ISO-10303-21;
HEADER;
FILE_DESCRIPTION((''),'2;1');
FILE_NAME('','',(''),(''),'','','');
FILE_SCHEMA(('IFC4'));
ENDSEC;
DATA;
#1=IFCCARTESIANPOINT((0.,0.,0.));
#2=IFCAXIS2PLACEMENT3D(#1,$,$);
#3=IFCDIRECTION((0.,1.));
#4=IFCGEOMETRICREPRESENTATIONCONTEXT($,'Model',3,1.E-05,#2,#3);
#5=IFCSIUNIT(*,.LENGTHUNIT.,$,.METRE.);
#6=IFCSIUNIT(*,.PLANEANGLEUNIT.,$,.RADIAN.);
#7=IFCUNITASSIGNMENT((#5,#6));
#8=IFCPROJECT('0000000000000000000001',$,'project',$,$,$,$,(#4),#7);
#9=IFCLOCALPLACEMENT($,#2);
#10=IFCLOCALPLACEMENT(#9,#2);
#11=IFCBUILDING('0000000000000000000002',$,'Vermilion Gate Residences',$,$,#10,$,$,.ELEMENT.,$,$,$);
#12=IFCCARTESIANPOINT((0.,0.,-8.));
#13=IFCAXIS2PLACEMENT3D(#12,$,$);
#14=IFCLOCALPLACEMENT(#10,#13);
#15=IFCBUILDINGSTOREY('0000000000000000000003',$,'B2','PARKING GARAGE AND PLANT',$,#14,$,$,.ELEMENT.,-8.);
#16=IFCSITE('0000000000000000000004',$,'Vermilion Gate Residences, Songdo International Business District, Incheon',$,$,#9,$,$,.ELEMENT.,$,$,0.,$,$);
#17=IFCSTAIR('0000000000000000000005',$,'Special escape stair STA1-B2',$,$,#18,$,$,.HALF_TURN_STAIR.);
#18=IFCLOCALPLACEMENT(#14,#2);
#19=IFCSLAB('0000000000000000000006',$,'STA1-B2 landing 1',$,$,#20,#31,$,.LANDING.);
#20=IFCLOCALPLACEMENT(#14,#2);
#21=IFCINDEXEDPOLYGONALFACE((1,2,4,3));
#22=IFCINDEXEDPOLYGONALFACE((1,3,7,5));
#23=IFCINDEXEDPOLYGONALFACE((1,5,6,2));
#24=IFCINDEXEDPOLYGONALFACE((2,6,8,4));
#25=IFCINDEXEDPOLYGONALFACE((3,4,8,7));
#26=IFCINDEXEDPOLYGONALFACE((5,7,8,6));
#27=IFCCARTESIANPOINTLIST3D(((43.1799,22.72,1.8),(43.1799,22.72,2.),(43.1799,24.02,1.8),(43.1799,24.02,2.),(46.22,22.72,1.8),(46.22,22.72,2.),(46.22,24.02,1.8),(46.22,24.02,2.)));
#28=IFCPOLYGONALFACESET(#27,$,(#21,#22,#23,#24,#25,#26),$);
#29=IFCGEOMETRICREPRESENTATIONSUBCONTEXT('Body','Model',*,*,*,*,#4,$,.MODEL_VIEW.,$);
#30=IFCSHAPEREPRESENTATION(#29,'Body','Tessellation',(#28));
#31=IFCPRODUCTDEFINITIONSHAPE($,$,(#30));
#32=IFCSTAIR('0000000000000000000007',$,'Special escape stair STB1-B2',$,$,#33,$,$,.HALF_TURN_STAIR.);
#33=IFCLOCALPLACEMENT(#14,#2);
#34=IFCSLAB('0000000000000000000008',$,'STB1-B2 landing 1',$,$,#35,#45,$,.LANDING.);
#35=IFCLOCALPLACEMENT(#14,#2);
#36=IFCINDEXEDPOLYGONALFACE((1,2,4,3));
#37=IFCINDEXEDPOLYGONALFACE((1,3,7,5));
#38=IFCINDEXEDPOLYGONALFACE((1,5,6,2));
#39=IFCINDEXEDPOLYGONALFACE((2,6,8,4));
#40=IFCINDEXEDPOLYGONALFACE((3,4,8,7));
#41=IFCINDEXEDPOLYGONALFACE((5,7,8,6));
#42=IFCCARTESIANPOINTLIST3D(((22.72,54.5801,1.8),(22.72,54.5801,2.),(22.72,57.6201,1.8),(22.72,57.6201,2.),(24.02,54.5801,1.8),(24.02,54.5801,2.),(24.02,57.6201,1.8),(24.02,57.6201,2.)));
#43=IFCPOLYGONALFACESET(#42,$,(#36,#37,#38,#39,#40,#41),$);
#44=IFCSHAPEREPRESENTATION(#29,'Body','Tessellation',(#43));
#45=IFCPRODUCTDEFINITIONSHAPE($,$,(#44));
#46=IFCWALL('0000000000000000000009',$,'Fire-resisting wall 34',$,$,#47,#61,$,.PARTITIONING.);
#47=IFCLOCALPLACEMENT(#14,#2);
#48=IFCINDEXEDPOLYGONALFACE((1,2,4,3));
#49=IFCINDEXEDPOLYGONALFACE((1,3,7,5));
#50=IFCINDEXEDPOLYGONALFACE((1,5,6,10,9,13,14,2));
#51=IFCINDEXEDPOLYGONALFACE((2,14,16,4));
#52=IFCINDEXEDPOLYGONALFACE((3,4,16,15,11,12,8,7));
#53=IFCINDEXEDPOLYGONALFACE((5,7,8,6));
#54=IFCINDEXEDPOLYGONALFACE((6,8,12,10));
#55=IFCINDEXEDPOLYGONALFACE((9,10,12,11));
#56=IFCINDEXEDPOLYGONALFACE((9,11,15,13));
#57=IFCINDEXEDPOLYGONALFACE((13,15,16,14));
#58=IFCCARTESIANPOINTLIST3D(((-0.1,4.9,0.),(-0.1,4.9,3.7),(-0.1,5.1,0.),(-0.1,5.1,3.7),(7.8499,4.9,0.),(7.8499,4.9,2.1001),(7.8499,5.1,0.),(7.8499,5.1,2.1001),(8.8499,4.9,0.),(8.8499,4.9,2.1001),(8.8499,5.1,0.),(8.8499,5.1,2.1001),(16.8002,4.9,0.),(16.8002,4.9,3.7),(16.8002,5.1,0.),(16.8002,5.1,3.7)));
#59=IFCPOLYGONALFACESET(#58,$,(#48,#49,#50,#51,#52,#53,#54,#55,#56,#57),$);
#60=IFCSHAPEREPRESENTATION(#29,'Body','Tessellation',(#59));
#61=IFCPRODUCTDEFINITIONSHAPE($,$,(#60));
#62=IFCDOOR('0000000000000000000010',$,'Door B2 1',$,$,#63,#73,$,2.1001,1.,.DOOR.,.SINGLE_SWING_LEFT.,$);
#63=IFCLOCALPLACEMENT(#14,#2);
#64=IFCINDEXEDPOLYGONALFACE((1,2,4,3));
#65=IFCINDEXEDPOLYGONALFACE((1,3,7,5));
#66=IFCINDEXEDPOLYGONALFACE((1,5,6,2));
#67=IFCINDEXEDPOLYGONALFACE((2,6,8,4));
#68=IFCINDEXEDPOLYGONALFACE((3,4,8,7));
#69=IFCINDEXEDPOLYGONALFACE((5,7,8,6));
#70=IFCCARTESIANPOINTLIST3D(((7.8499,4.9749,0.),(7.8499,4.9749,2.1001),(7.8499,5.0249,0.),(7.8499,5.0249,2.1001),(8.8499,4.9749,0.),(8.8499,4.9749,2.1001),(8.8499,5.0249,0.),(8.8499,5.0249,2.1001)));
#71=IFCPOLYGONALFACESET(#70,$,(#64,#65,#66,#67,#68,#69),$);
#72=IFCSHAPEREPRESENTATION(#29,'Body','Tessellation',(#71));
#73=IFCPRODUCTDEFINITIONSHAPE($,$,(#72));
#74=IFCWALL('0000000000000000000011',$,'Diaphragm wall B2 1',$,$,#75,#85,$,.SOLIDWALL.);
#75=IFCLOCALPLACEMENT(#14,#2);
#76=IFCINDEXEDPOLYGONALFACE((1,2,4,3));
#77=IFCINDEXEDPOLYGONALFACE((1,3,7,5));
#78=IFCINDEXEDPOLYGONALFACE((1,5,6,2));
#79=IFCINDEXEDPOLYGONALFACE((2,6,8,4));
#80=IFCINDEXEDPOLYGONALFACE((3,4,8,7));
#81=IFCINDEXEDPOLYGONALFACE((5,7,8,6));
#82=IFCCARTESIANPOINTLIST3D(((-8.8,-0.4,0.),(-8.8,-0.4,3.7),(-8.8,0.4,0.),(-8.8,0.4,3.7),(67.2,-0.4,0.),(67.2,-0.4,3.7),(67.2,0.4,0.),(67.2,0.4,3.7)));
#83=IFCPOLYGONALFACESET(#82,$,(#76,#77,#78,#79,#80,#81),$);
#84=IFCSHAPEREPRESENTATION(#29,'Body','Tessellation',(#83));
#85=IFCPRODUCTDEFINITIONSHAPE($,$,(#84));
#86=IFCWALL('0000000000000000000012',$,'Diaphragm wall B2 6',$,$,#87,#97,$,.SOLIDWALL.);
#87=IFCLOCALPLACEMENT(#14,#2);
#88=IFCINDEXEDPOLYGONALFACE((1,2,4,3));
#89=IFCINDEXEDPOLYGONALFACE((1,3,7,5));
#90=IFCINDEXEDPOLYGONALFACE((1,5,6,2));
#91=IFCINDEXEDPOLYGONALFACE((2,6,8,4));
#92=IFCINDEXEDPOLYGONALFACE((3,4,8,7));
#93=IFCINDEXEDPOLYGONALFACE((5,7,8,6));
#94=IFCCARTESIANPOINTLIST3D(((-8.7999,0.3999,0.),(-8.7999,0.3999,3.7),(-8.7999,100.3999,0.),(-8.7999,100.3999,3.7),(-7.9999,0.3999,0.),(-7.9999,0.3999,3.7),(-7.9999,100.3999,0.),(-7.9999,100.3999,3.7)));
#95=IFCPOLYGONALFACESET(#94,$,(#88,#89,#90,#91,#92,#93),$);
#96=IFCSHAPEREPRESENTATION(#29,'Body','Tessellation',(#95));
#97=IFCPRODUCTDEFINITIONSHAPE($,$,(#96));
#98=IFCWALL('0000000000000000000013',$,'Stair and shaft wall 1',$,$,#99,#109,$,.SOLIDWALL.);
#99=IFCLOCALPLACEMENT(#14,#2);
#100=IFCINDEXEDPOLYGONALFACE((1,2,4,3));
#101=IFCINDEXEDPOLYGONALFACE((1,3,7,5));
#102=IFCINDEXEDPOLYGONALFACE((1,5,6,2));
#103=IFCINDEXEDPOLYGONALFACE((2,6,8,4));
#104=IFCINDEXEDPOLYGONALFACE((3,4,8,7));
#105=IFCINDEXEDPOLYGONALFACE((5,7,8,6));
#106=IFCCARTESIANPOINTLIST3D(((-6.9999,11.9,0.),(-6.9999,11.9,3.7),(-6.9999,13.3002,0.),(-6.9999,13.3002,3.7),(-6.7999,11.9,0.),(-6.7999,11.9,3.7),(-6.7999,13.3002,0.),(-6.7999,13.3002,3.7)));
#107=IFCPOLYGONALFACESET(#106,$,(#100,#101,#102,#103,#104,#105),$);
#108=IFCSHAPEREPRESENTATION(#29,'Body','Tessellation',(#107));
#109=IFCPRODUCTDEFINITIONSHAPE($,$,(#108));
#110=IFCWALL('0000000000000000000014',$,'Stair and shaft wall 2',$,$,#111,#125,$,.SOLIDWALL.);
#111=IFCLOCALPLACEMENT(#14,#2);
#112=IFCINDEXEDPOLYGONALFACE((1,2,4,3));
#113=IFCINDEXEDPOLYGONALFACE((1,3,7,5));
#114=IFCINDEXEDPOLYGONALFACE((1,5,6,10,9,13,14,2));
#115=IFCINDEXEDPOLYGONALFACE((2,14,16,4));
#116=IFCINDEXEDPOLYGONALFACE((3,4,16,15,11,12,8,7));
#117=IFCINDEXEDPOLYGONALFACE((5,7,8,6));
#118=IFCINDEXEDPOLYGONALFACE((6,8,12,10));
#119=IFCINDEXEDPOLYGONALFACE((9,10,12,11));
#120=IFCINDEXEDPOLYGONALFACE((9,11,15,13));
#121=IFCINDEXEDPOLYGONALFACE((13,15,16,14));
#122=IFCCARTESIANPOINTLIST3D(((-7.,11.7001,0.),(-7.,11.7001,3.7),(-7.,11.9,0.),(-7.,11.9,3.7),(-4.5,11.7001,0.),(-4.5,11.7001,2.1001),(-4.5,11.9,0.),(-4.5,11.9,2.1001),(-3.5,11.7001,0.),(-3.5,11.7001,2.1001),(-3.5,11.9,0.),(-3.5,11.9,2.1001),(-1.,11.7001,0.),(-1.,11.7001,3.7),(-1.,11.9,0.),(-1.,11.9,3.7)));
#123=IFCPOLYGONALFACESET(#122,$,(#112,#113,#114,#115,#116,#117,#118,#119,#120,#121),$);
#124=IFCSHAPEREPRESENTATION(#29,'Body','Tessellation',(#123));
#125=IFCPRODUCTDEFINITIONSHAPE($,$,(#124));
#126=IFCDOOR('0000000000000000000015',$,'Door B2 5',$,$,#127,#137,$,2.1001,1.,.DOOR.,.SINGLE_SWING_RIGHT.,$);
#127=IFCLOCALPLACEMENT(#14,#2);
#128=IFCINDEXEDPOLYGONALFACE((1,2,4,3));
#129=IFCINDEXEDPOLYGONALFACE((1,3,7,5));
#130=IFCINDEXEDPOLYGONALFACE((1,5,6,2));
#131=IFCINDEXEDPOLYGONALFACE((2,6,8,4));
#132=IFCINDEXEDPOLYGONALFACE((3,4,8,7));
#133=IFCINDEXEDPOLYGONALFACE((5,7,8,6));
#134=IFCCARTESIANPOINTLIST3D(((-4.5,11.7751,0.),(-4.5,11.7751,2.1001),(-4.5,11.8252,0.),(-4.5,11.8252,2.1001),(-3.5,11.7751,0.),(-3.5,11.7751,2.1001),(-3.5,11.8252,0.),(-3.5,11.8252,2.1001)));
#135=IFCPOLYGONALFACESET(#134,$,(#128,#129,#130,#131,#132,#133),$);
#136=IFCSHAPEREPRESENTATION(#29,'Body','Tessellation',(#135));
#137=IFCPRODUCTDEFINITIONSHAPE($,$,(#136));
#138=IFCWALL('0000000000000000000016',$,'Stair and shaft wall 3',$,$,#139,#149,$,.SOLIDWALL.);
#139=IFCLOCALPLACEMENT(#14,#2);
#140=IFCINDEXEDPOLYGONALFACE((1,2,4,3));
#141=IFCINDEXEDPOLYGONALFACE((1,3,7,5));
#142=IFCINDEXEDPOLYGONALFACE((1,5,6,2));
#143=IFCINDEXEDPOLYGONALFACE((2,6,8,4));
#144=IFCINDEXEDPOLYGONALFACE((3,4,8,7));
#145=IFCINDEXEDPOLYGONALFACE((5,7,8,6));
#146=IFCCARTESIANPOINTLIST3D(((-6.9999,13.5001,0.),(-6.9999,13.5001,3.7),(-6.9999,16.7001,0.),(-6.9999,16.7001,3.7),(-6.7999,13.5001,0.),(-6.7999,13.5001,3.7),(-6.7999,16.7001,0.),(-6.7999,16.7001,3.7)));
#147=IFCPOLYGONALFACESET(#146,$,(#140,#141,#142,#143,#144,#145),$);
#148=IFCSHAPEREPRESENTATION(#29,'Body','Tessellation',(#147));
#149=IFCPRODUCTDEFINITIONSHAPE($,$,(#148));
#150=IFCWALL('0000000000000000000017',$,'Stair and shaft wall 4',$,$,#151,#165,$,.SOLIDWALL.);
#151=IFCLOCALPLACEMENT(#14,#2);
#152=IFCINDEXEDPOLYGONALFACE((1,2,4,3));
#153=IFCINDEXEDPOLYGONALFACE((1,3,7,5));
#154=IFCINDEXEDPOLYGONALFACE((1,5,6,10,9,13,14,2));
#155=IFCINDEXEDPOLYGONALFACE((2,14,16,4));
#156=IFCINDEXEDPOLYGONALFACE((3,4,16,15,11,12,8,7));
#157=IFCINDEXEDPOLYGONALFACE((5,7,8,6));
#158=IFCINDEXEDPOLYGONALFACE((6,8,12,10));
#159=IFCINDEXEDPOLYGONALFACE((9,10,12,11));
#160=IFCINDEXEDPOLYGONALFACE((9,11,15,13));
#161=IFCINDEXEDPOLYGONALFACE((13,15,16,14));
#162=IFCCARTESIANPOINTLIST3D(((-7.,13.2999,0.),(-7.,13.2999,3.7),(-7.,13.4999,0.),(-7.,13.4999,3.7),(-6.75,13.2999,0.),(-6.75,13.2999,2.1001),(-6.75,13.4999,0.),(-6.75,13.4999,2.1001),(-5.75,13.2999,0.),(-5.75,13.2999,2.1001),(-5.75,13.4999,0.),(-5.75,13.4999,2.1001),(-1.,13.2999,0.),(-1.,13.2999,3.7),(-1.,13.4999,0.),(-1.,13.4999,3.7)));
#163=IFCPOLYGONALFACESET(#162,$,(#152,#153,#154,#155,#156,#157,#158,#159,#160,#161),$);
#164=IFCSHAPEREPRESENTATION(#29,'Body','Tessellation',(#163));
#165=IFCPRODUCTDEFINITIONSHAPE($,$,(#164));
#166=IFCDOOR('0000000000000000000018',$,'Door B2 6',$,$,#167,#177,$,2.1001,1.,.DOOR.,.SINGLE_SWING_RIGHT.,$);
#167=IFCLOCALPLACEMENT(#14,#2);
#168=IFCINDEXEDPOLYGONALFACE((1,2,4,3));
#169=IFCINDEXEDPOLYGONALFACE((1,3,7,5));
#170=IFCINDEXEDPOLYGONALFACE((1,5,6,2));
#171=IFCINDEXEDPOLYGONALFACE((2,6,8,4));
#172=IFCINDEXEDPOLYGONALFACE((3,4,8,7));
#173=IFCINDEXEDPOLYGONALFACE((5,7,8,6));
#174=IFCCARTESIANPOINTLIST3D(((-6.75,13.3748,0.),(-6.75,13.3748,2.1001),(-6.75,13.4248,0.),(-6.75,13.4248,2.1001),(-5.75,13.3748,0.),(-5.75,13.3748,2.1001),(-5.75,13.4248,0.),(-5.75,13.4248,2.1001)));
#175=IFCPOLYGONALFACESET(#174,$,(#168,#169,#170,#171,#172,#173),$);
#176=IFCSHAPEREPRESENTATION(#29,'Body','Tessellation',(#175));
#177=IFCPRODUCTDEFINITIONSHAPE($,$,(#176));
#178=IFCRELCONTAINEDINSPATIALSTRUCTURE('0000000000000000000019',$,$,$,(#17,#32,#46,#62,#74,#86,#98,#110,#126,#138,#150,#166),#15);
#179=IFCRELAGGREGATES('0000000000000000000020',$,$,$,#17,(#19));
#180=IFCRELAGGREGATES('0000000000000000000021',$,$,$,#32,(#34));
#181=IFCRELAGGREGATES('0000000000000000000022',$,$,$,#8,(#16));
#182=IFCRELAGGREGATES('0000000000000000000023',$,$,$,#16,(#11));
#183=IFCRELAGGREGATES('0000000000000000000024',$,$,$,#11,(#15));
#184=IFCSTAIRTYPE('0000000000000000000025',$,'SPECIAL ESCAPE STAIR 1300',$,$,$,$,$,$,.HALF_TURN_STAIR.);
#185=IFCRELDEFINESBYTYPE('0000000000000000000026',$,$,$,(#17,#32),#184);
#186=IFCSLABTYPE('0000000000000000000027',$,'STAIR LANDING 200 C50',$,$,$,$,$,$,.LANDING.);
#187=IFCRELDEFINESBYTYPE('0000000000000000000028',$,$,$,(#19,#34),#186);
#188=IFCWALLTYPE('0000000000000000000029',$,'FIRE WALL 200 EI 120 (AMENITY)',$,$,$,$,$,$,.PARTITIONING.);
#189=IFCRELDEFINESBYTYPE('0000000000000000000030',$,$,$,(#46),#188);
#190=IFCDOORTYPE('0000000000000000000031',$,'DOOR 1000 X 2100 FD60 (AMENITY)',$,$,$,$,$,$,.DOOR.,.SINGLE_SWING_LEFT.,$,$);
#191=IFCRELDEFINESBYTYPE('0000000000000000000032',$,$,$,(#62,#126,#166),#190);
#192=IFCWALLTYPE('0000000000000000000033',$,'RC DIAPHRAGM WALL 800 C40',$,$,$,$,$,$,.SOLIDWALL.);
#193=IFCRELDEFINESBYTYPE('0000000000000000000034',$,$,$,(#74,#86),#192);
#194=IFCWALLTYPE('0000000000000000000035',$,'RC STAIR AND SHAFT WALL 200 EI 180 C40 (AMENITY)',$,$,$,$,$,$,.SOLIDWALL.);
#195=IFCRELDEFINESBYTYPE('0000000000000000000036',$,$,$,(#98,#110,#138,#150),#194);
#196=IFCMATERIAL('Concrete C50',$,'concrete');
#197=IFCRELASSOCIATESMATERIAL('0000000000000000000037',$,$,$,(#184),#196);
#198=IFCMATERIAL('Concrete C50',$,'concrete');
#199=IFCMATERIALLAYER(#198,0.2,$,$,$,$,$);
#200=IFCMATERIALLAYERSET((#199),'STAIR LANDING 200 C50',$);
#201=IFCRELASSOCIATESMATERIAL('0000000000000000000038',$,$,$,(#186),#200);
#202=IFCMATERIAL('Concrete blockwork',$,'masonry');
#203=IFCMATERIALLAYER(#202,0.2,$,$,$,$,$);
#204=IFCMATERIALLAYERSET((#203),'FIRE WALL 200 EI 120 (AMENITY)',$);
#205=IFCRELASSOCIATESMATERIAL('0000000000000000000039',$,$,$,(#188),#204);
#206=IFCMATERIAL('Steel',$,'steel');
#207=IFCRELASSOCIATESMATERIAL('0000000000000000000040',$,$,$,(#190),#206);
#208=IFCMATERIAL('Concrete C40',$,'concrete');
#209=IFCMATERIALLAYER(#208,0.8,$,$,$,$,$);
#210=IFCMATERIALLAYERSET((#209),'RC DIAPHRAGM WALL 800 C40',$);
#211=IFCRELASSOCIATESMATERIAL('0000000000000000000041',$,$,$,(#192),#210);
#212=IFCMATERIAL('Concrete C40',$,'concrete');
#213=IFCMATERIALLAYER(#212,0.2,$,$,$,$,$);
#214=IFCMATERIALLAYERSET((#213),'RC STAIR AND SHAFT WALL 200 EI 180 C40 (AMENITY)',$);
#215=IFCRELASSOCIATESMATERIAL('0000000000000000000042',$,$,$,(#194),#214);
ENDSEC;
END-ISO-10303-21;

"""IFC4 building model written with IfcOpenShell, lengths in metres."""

from ifc_helpers import new_model, si_unit, direction, frame, frame_2d, origin, place, context, subcontext, project, spatial, polyline, rectangle, outline, extrude, material, layer, layer_set, type_object, element, fill, aggregate, save


model = new_model("IFC4")

# Units and contexts
model_context = context("Model", 3, precision=1e-05, world=origin(), true_north=direction((0.0, 1.0)))
body_context = subcontext(model_context, "Body", "Model", "MODEL_VIEW")
ifc_project = project(units=[si_unit("LENGTHUNIT", "METRE"), si_unit("PLANEANGLEUNIT", "RADIAN")], contexts=[model_context])

# Site, building, storey
site_placement = place(None, origin())
site = spatial("IfcSite", under=ifc_project, at=site_placement, Name="Vermilion Gate Residences, Songdo International Business District, Incheon", CompositionType="ELEMENT", RefElevation=0.0)
building_placement = place(site_placement, origin())
building = spatial("IfcBuilding", under=site, at=building_placement, Name="Vermilion Gate Residences", CompositionType="ELEMENT")
storey_placement = place(building_placement, frame((0.0, 0.0, -8.0)))
storey = spatial("IfcBuildingStorey", under=building, at=storey_placement, Name="B2", Description="PARKING GARAGE AND PLANT", CompositionType="ELEMENT", Elevation=-8.0)

# Stairs, slabs
ifc_material_1 = material(Name="Concrete C50", Category="concrete")
stair_type_1 = type_object("IfcStairType", Name="SPECIAL ESCAPE STAIR 1300", PredefinedType="HALF_TURN_STAIR", material=ifc_material_1)
stair_1_placement = place(storey_placement, origin())
stair_1 = element("IfcStair", 1, at=stair_1_placement, inside=storey, type_object=stair_type_1, Name="Special escape stair STA1-B2", PredefinedType="HALF_TURN_STAIR")
ifc_material_2 = material(Name="Concrete C50", Category="concrete")
ifc_layer_1 = layer(ifc_material_2, 0.2)
ifc_layer_set_1 = layer_set([ifc_layer_1], Name="STAIR LANDING 200 C50")
slab_type_1 = type_object("IfcSlabType", Name="STAIR LANDING 200 C50", PredefinedType="LANDING", material=ifc_layer_set_1)
slab_1_placement = place(storey_placement, frame((0.0, 0.0, 1.8)))
slab_1 = element("IfcSlab", 2, at=slab_1_placement, type_object=slab_type_1, Name="STA1-B2 landing 1", PredefinedType="LANDING", context=body_context, shape_type="SweptSolid", body=[
    extrude(outline(polyline([(46.22, 22.72), (46.22, 24.02), (43.1799, 24.02), (43.1799, 22.72), (46.22, 22.72)])), origin(), (0.0, 0.0, 1.0), 0.2),
])
aggregate(stair_1, [slab_1])
stair_2_placement = place(storey_placement, origin())
stair_2 = element("IfcStair", 3, at=stair_2_placement, inside=storey, type_object=stair_type_1, Name="Special escape stair STB1-B2", PredefinedType="HALF_TURN_STAIR")
slab_2_placement = place(storey_placement, frame((0.0, 0.0, 1.8)))
slab_2 = element("IfcSlab", 4, at=slab_2_placement, type_object=slab_type_1, Name="STB1-B2 landing 1", PredefinedType="LANDING", context=body_context, shape_type="SweptSolid", body=[
    extrude(outline(polyline([(24.02, 54.5801), (24.02, 57.6201), (22.72, 57.6201), (22.72, 54.5801), (24.02, 54.5801)])), origin(), (0.0, 0.0, 1.0), 0.2),
])
aggregate(stair_2, [slab_2])

# Wall, opening, door
ifc_material_3 = material(Name="Concrete blockwork", Category="masonry")
ifc_layer_2 = layer(ifc_material_3, 0.2)
ifc_layer_set_2 = layer_set([ifc_layer_2], Name="FIRE WALL 200 EI 120 (AMENITY)")
wall_type_1 = type_object("IfcWallType", Name="FIRE WALL 200 EI 120 (AMENITY)", PredefinedType="PARTITIONING", material=ifc_layer_set_2)
wall_1_placement = place(storey_placement, frame((-0.1001, 5.0, 0.0), z_axis=(0.0, 0.0, 1.0), x_axis=(1.0, 0.0, 0.0)))
wall_1 = element("IfcWall", 5, at=wall_1_placement, inside=storey, type_object=wall_type_1, Name="Fire-resisting wall 34", PredefinedType="PARTITIONING", context=body_context, shape_type="SweptSolid", body=[
    extrude(rectangle(XDim=16.9001, YDim=0.2, at=frame_2d((8.4502, 0.0))), origin(), (0.0, 0.0, 1.0), 3.7),
])
opening_1_placement = place(wall_1_placement, frame((7.95, 0.0, 0.0)))
opening_1 = element("IfcOpeningElement", 6, at=opening_1_placement, cuts=wall_1, PredefinedType="OPENING", context=body_context, shape_type="SweptSolid", body=[
    extrude(rectangle(XDim=1.0, YDim=2.1001, at=frame_2d((0.5, 1.05))), frame((0.0, 0.1099, 0.0), z_axis=(0.0, -1.0, 0.0), x_axis=(1.0, 0.0, 0.0)), (0.0, 0.0, 1.0), 0.22),
])
ifc_material_4 = material(Name="Steel", Category="steel")
door_type = type_object("IfcDoorType", Name="DOOR 1000 X 2100 FD60 (AMENITY)", OperationType="SINGLE_SWING_LEFT", PredefinedType="DOOR", material=ifc_material_4)
door_1_placement = place(opening_1_placement, origin())
door_1 = element("IfcDoor", 7, at=door_1_placement, inside=storey, type_object=door_type, Name="Door B2 1", OperationType="SINGLE_SWING_LEFT", OverallHeight=2.1001, OverallWidth=1.0, PredefinedType="DOOR", context=body_context, shape_type="SweptSolid", body=[
    extrude(rectangle(XDim=1.0, YDim=2.1001, at=frame_2d((0.5, 1.05))), frame((0.0, 0.0249, 0.0), z_axis=(0.0, -1.0, 0.0), x_axis=(1.0, 0.0, 0.0)), (0.0, 0.0, 1.0), 0.05),
])
fill(opening_1, door_1)

# Walls
ifc_material_5 = material(Name="Concrete C40", Category="concrete")
ifc_layer_3 = layer(ifc_material_5, 0.8)
ifc_layer_set_3 = layer_set([ifc_layer_3], Name="RC DIAPHRAGM WALL 800 C40")
wall_type_2 = type_object("IfcWallType", Name="RC DIAPHRAGM WALL 800 C40", PredefinedType="SOLIDWALL", material=ifc_layer_set_3)
wall_2_placement = place(storey_placement, frame((-8.8, 0.0, 0.0), z_axis=(0.0, 0.0, 1.0), x_axis=(1.0, 0.0, 0.0)))
element("IfcWall", 8, at=wall_2_placement, inside=storey, type_object=wall_type_2, Name="Diaphragm wall B2 1", PredefinedType="SOLIDWALL", context=body_context, shape_type="SweptSolid", body=[
    extrude(rectangle(XDim=76.0, YDim=0.8, at=frame_2d((38.0, 0.0))), origin(), (0.0, 0.0, 1.0), 3.7),
])
wall_3_placement = place(storey_placement, frame((-8.3999, 0.3999, 0.0), z_axis=(0.0, 0.0, 1.0), x_axis=(0.0, 1.0, 0.0)))
element("IfcWall", 9, at=wall_3_placement, inside=storey, type_object=wall_type_2, Name="Diaphragm wall B2 6", PredefinedType="SOLIDWALL", context=body_context, shape_type="SweptSolid", body=[
    extrude(rectangle(XDim=100.0, YDim=0.8, at=frame_2d((50.0, 0.0))), origin(), (0.0, 0.0, 1.0), 3.7),
])
ifc_material_6 = material(Name="Concrete C40", Category="concrete")
ifc_layer_4 = layer(ifc_material_6, 0.2)
ifc_layer_set_4 = layer_set([ifc_layer_4], Name="RC STAIR AND SHAFT WALL 200 EI 180 C40 (AMENITY)")
wall_type_3 = type_object("IfcWallType", Name="RC STAIR AND SHAFT WALL 200 EI 180 C40 (AMENITY)", PredefinedType="SOLIDWALL", material=ifc_layer_set_4)
wall_4_placement = place(storey_placement, frame((-6.8999, 11.8999, 0.0), z_axis=(0.0, 0.0, 1.0), x_axis=(0.0, 1.0, 0.0)))
element("IfcWall", 10, at=wall_4_placement, inside=storey, type_object=wall_type_3, Name="Stair and shaft wall 1", PredefinedType="SOLIDWALL", context=body_context, shape_type="SweptSolid", body=[
    extrude(rectangle(XDim=1.4001, YDim=0.2, at=frame_2d((0.7002, 0.0))), origin(), (0.0, 0.0, 1.0), 3.7),
])

# Wall, opening, door
wall_5_placement = place(storey_placement, frame((-7.0, 11.8, 0.0), z_axis=(0.0, 0.0, 1.0), x_axis=(1.0, 0.0, 0.0)))
wall_5 = element("IfcWall", 11, at=wall_5_placement, inside=storey, type_object=wall_type_3, Name="Stair and shaft wall 2", PredefinedType="SOLIDWALL", context=body_context, shape_type="SweptSolid", body=[
    extrude(rectangle(XDim=6.0, YDim=0.2, at=frame_2d((3.0, 0.0))), origin(), (0.0, 0.0, 1.0), 3.7),
])
opening_2_placement = place(wall_5_placement, frame((2.5, 0.0, 0.0)))
opening_2 = element("IfcOpeningElement", 12, at=opening_2_placement, cuts=wall_5, PredefinedType="OPENING", context=body_context, shape_type="SweptSolid", body=[
    extrude(rectangle(XDim=1.0, YDim=2.1001, at=frame_2d((0.5, 1.05))), frame((0.0, 0.1099, 0.0), z_axis=(0.0, -1.0, 0.0), x_axis=(1.0, 0.0, 0.0)), (0.0, 0.0, 1.0), 0.22),
])
door_2_placement = place(opening_2_placement, frame((1.0, 0.0, 0.0), z_axis=(0.0, 0.0, 1.0), x_axis=(-1.0, 0.0, 0.0)))
door_2 = element("IfcDoor", 13, at=door_2_placement, inside=storey, type_object=door_type, Name="Door B2 5", OperationType="SINGLE_SWING_RIGHT", OverallHeight=2.1001, OverallWidth=1.0, PredefinedType="DOOR", context=body_context, shape_type="SweptSolid", body=[
    extrude(rectangle(XDim=1.0, YDim=2.1001, at=frame_2d((0.5, 1.05))), frame((0.0, 0.0249, 0.0), z_axis=(0.0, -1.0, 0.0), x_axis=(1.0, 0.0, 0.0)), (0.0, 0.0, 1.0), 0.05),
])
fill(opening_2, door_2)

# Wall
wall_6_placement = place(storey_placement, frame((-6.8999, 13.5, 0.0), z_axis=(0.0, 0.0, 1.0), x_axis=(0.0, 1.0, 0.0)))
element("IfcWall", 14, at=wall_6_placement, inside=storey, type_object=wall_type_3, Name="Stair and shaft wall 3", PredefinedType="SOLIDWALL", context=body_context, shape_type="SweptSolid", body=[
    extrude(rectangle(XDim=3.2, YDim=0.2, at=frame_2d((1.6001, 0.0))), origin(), (0.0, 0.0, 1.0), 3.7),
])

# Wall, opening, door
wall_7_placement = place(storey_placement, frame((-7.0, 13.3999, 0.0), z_axis=(0.0, 0.0, 1.0), x_axis=(1.0, 0.0, 0.0)))
wall_7 = element("IfcWall", 15, at=wall_7_placement, inside=storey, type_object=wall_type_3, Name="Stair and shaft wall 4", PredefinedType="SOLIDWALL", context=body_context, shape_type="SweptSolid", body=[
    extrude(rectangle(XDim=6.0, YDim=0.2, at=frame_2d((3.0, 0.0))), origin(), (0.0, 0.0, 1.0), 3.7),
])
opening_3_placement = place(wall_7_placement, frame((0.25, 0.0, 0.0)))
opening_3 = element("IfcOpeningElement", 16, at=opening_3_placement, cuts=wall_7, PredefinedType="OPENING", context=body_context, shape_type="SweptSolid", body=[
    extrude(rectangle(XDim=1.0, YDim=2.1001, at=frame_2d((0.5, 1.05))), frame((0.0, 0.1099, 0.0), z_axis=(0.0, -1.0, 0.0), x_axis=(1.0, 0.0, 0.0)), (0.0, 0.0, 1.0), 0.22),
])
door_3_placement = place(opening_3_placement, origin())
door_3 = element("IfcDoor", 17, at=door_3_placement, inside=storey, type_object=door_type, Name="Door B2 6", OperationType="SINGLE_SWING_RIGHT", OverallHeight=2.1001, OverallWidth=1.0, PredefinedType="DOOR", context=body_context, shape_type="SweptSolid", body=[
    extrude(rectangle(XDim=1.0, YDim=2.1001, at=frame_2d((0.5, 1.05))), frame((0.0, 0.0249, 0.0), z_axis=(0.0, -1.0, 0.0), x_axis=(1.0, 0.0, 0.0)), (0.0, 0.0, 1.0), 0.05),
])
fill(opening_3, door_3)

save(model, "model.ifc")
